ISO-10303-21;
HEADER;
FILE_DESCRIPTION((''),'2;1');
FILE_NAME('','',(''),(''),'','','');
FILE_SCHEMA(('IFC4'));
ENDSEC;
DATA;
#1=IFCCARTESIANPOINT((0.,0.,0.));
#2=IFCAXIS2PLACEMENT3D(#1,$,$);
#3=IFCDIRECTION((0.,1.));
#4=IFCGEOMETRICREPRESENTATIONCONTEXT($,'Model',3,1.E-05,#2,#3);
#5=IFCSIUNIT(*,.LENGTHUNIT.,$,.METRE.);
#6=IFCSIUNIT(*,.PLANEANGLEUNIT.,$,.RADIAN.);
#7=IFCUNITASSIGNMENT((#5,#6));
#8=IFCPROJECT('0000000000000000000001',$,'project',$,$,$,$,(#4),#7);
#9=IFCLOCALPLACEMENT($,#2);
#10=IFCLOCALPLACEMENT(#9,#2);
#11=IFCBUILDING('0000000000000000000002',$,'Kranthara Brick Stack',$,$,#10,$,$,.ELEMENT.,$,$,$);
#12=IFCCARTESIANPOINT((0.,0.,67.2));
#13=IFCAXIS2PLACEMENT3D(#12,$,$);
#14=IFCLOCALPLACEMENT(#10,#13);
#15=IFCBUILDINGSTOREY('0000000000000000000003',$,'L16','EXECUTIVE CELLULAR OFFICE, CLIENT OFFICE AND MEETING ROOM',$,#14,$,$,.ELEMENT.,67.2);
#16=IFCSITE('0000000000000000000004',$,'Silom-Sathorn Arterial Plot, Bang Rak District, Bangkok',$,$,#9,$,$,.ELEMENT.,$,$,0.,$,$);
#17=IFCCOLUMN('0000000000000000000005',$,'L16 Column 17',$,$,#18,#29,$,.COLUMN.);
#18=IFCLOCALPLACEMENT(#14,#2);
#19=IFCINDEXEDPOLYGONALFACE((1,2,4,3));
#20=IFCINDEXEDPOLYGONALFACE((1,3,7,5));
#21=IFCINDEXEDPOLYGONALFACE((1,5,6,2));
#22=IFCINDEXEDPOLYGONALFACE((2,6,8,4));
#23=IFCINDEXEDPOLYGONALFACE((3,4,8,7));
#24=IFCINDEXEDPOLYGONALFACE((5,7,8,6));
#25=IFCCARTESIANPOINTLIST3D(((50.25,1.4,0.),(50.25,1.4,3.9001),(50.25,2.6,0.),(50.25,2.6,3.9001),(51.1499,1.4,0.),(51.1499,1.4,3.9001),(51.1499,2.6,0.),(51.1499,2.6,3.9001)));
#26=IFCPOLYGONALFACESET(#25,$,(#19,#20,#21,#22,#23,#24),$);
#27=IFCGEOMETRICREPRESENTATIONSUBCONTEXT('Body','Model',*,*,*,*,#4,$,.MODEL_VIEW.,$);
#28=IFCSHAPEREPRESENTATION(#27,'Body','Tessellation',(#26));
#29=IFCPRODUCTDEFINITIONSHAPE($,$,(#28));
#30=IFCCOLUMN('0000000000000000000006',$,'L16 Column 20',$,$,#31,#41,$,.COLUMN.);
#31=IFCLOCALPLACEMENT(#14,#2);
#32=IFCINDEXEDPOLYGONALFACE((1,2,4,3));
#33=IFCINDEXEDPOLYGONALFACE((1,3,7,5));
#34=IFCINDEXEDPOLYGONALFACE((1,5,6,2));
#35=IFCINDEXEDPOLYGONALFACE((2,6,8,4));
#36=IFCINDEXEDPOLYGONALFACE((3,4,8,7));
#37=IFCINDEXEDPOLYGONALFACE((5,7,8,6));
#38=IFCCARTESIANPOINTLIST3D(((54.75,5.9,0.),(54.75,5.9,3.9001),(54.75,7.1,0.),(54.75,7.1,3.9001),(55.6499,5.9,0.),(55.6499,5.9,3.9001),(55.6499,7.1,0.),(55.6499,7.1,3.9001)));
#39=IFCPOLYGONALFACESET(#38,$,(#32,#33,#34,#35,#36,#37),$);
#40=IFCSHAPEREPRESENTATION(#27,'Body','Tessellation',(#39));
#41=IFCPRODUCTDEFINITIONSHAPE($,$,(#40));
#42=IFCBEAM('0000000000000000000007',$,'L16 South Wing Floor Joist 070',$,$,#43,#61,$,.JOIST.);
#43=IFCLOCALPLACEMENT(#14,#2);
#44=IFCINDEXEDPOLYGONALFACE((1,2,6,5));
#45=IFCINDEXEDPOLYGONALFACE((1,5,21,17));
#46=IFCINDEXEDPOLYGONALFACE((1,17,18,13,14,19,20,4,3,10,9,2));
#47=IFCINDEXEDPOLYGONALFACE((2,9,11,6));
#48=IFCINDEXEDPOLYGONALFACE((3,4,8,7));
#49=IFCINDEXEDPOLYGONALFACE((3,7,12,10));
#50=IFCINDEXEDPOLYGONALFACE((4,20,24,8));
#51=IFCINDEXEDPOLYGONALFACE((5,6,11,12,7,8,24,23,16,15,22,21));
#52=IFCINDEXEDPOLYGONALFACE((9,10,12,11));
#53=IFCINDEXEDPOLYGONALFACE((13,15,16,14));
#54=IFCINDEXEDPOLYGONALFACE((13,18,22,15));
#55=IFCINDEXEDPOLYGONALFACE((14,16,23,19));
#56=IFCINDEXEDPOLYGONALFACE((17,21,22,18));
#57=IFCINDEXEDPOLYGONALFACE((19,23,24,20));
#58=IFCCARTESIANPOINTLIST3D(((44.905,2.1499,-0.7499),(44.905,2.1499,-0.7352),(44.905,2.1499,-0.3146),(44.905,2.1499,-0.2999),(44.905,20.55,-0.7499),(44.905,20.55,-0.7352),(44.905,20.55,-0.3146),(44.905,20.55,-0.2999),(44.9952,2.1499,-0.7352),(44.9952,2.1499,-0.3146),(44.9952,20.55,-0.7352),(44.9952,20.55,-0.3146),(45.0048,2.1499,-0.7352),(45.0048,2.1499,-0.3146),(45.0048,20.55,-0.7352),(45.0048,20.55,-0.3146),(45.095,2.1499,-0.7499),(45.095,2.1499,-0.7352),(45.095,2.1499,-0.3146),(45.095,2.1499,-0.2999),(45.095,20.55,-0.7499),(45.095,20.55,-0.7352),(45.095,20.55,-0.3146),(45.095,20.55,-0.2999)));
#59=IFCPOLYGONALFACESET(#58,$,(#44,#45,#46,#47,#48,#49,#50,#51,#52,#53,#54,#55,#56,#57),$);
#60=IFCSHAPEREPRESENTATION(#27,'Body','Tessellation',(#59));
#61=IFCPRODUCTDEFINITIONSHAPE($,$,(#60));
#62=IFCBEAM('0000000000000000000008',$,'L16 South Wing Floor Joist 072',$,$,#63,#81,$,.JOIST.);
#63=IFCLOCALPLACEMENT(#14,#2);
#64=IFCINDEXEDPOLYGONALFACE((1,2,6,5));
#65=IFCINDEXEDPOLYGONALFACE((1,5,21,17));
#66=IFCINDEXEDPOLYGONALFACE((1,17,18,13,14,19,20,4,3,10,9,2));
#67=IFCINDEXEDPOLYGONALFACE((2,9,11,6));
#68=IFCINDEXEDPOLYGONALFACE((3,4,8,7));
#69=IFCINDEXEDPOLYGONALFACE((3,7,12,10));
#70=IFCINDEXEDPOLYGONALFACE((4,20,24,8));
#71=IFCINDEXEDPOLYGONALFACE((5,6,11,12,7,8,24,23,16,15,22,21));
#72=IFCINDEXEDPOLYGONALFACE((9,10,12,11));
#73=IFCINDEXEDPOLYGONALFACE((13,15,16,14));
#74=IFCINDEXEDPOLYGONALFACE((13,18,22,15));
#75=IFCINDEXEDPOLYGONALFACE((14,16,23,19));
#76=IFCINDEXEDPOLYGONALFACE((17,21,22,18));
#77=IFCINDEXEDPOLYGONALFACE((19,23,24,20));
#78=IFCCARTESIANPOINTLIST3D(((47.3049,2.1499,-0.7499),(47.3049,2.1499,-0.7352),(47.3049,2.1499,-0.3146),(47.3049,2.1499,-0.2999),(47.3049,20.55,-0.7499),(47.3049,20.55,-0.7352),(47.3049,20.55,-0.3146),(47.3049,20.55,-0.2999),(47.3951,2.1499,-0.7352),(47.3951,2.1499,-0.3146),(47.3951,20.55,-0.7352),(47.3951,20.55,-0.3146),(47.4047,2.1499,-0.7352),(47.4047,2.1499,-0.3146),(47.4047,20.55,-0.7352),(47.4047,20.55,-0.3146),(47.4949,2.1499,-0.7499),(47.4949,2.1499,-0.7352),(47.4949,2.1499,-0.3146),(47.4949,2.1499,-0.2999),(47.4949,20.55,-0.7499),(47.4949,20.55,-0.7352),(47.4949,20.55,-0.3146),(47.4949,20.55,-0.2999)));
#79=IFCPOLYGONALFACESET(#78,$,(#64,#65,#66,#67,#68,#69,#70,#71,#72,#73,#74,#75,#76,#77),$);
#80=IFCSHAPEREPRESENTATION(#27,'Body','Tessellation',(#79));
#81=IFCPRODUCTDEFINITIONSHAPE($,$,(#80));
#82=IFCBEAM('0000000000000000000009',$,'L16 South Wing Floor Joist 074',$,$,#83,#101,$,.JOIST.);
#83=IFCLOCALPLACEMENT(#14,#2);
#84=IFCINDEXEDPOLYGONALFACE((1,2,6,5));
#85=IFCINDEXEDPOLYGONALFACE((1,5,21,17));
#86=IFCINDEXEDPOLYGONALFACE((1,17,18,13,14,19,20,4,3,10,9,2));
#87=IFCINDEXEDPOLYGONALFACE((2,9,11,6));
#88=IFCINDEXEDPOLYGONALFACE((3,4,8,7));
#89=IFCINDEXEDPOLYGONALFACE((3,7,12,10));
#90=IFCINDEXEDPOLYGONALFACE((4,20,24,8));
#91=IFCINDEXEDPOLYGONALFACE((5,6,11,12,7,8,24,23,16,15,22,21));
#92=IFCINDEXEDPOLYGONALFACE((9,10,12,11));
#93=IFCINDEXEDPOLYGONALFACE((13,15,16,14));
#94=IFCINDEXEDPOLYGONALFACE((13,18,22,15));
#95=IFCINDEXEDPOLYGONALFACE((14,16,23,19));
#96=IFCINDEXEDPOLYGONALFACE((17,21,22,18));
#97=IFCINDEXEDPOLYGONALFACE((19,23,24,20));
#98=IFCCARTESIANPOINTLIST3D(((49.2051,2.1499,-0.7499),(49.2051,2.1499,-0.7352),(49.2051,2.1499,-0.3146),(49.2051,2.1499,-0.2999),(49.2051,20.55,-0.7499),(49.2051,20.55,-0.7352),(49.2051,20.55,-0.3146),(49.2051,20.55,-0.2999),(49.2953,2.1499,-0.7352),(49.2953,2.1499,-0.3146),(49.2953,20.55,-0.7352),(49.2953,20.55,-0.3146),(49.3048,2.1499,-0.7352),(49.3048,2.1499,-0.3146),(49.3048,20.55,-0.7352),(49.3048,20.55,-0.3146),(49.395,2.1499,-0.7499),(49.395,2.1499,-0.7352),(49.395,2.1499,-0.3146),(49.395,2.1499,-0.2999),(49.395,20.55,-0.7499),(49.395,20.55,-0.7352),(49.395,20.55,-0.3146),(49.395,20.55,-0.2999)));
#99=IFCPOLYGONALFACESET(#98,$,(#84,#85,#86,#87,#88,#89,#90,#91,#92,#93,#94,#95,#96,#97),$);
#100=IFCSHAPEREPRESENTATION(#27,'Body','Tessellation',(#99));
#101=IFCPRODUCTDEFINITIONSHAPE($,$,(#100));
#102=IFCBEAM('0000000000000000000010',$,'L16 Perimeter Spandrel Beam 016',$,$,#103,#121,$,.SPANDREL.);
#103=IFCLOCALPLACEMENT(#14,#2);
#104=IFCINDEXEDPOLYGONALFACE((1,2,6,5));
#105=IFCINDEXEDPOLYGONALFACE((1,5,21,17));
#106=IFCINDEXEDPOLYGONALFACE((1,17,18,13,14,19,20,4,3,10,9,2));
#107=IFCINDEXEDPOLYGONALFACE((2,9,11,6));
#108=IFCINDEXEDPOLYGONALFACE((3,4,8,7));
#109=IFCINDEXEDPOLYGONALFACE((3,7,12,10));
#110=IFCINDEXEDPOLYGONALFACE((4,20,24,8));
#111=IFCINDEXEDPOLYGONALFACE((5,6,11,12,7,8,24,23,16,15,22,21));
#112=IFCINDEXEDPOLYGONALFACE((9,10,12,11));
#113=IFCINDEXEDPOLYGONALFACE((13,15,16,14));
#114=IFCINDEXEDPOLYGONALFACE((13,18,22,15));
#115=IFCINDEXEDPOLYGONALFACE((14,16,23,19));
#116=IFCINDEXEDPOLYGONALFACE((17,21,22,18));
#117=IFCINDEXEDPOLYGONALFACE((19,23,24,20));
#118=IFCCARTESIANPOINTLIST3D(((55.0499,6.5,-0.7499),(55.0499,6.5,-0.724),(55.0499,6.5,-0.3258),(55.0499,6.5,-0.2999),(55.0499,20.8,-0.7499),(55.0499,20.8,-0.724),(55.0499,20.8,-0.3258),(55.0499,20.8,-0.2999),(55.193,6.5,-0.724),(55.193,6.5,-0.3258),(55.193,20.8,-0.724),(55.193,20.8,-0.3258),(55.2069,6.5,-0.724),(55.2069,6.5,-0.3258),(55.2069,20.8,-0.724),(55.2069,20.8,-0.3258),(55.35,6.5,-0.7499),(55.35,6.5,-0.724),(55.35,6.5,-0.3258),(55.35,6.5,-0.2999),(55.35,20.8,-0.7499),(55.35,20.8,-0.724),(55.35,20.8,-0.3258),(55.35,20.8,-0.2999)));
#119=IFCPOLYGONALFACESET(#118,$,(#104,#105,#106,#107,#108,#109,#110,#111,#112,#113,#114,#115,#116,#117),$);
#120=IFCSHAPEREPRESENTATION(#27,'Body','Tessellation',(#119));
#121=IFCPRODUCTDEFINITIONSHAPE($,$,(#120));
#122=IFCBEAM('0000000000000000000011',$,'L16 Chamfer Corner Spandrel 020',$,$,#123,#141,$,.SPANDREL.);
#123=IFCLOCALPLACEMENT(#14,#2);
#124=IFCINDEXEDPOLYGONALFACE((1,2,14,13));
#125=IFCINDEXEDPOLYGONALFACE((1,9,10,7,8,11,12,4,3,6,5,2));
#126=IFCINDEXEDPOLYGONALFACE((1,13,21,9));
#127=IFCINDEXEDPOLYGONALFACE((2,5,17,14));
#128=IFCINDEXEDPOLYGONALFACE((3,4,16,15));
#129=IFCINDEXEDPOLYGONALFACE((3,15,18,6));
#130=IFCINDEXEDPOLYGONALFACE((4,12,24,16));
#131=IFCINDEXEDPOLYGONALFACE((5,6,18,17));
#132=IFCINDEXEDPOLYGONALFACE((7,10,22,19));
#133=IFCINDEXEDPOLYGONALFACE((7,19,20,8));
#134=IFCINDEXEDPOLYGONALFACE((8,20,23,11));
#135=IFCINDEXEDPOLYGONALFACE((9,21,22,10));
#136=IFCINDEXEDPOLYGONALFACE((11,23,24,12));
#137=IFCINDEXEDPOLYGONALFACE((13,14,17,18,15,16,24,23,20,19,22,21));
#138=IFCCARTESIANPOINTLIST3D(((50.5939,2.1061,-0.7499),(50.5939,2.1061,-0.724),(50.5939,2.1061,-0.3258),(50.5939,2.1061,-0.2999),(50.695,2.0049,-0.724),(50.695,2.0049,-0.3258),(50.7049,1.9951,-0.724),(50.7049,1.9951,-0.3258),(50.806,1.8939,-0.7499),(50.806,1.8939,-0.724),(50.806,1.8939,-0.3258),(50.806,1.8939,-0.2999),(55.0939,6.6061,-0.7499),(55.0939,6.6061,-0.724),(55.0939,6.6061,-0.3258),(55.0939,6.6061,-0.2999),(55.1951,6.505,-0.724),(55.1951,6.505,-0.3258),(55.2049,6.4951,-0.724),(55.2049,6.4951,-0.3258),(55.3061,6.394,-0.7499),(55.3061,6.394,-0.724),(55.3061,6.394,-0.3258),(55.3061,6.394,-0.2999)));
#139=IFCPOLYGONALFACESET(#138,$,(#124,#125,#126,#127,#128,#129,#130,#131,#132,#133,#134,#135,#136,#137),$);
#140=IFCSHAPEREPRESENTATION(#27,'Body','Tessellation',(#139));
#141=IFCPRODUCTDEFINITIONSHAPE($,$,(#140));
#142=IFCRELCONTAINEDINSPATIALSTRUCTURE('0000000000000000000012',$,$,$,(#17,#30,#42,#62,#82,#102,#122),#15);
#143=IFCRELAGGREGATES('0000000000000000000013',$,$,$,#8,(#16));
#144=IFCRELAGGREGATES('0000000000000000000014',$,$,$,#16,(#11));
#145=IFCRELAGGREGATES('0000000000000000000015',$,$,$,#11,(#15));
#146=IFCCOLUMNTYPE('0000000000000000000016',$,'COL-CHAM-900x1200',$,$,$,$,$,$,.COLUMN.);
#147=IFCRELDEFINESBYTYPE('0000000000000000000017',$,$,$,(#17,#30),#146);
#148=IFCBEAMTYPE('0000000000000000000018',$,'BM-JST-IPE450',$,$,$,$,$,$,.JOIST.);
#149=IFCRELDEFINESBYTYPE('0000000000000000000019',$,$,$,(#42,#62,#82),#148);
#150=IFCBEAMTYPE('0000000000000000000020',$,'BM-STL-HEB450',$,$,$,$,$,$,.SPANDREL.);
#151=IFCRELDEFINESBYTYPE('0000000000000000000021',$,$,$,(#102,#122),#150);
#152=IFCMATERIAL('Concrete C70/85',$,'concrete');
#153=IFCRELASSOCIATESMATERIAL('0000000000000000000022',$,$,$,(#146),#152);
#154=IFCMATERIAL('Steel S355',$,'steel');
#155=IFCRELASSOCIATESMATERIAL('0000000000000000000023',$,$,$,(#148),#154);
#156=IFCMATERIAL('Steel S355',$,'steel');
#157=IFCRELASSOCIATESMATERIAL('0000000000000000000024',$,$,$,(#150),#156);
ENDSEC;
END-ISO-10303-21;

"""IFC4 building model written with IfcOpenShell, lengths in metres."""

from ifc_helpers import new_model, si_unit, direction, frame, origin, origin_2d, place, context, subcontext, project, spatial, rectangle, i_section, extrude, material, material_profile, profile_set, type_object, element, save


model = new_model("IFC4")

# Units and contexts
model_context = context("Model", 3, precision=1e-05, world=origin(), true_north=direction((0.0, 1.0)))
body_context = subcontext(model_context, "Body", "Model", "MODEL_VIEW")
ifc_project = project(units=[si_unit("LENGTHUNIT", "METRE"), si_unit("PLANEANGLEUNIT", "RADIAN")], contexts=[model_context])

# Site, building, storey
site_placement = place(None, origin())
site = spatial("IfcSite", under=ifc_project, at=site_placement, Name="Silom-Sathorn Arterial Plot, Bang Rak District, Bangkok", CompositionType="ELEMENT", RefElevation=0.0)
building_placement = place(site_placement, origin())
building = spatial("IfcBuilding", under=site, at=building_placement, Name="Kranthara Brick Stack", CompositionType="ELEMENT")
storey_placement = place(building_placement, frame((0.0, 0.0, 67.2)))
storey = spatial("IfcBuildingStorey", under=building, at=storey_placement, Name="L16", Description="EXECUTIVE CELLULAR OFFICE, CLIENT OFFICE AND MEETING ROOM", CompositionType="ELEMENT", Elevation=67.2)

# Columns
ifc_material_1 = material(Name="Concrete C70/85", Category="concrete")
ifc_material_profile_1 = material_profile(ifc_material_1, rectangle(XDim=0.8999, YDim=1.2, at=origin_2d()), Name="RC 900x1200")
ifc_profile_set_1 = profile_set([ifc_material_profile_1], Name="Concrete C70/85")
column_type = type_object("IfcColumnType", Name="COL-CHAM-900x1200", PredefinedType="COLUMN", material=ifc_profile_set_1)
for number, where, z_axis, x_axis, name in (
    (1, (50.7, 2.0, 0.0), (0.0, 0.0, 1.0), (1.0, 0.0, 0.0), "L16 Column 17"),
    (2, (55.2, 6.5, 0.0), (0.0, 0.0, 1.0), (1.0, 0.0, 0.0), "L16 Column 20"),
):
    element("IfcColumn", number, at=place(storey_placement, frame(where, z_axis=z_axis, x_axis=x_axis)), inside=storey, type_object=column_type, Name=name, PredefinedType="COLUMN", context=body_context, shape_type="SweptSolid", body=[
        extrude(rectangle(XDim=0.8999, YDim=1.2, at=origin_2d()), origin(), (0.0, 0.0, 1.0), 3.9001),
    ])

# Beams
ifc_material_2 = material(Name="Steel S355", Category="steel")
ifc_material_profile_2 = material_profile(ifc_material_2, i_section(OverallWidth=0.1899, OverallDepth=0.45, WebThickness=0.0095, FlangeThickness=0.0146, at=origin_2d()), Name="IPE 450")
ifc_profile_set_2 = profile_set([ifc_material_profile_2], Name="Steel S355")
beam_type_1 = type_object("IfcBeamType", Name="BM-JST-IPE450", PredefinedType="JOIST", material=ifc_profile_set_2)
for number, where, z_axis, x_axis, name in (
    (3, (45.0, 2.1499, -0.5249), (0.0, 1.0, 0.0), (-1.0, 0.0, 0.0), "L16 South Wing Floor Joist 070"),
    (4, (47.3999, 2.1499, -0.5249), (0.0, 1.0, 0.0), (-1.0, 0.0, 0.0), "L16 South Wing Floor Joist 072"),
    (5, (49.3, 2.1499, -0.5249), (0.0, 1.0, 0.0), (-1.0, 0.0, 0.0), "L16 South Wing Floor Joist 074"),
):
    element("IfcBeam", number, at=place(storey_placement, frame(where, z_axis=z_axis, x_axis=x_axis)), inside=storey, type_object=beam_type_1, Name=name, PredefinedType="JOIST", context=body_context, shape_type="SweptSolid", body=[
        extrude(i_section(OverallWidth=0.1899, OverallDepth=0.45, WebThickness=0.0095, FlangeThickness=0.0146, at=origin_2d()), origin(), (0.0, 0.0, 1.0), 18.4001),
    ])
ifc_material_3 = material(Name="Steel S355", Category="steel")
ifc_material_profile_3 = material_profile(ifc_material_3, i_section(OverallWidth=0.3, OverallDepth=0.45, WebThickness=0.0139, FlangeThickness=0.0259, at=origin_2d()), Name="HEB 450")
ifc_profile_set_3 = profile_set([ifc_material_profile_3], Name="Steel S355")
beam_type_2 = type_object("IfcBeamType", Name="BM-STL-HEB450", PredefinedType="SPANDREL", material=ifc_profile_set_3)
beam_1_placement = place(storey_placement, frame((55.2, 6.5, -0.5249), z_axis=(0.0, 1.0, 0.0), x_axis=(-1.0, 0.0, 0.0)))
element("IfcBeam", 6, at=beam_1_placement, inside=storey, type_object=beam_type_2, Name="L16 Perimeter Spandrel Beam 016", PredefinedType="SPANDREL", context=body_context, shape_type="SweptSolid", body=[
    extrude(i_section(OverallWidth=0.3, OverallDepth=0.45, WebThickness=0.0139, FlangeThickness=0.0259, at=origin_2d()), origin(), (0.0, 0.0, 1.0), 14.3),
])
beam_2_placement = place(storey_placement, frame((50.7, 2.0, -0.5249), z_axis=(0.707107, 0.707107, 0.0), x_axis=(-0.707107, 0.707107, 0.0)))
element("IfcBeam", 7, at=beam_2_placement, inside=storey, type_object=beam_type_2, Name="L16 Chamfer Corner Spandrel 020", PredefinedType="SPANDREL", context=body_context, shape_type="SweptSolid", body=[
    extrude(i_section(OverallWidth=0.3, OverallDepth=0.45, WebThickness=0.0139, FlangeThickness=0.0259, at=origin_2d()), origin(), (0.0, 0.0, 1.0), 6.364),
])

save(model, "model.ifc")
